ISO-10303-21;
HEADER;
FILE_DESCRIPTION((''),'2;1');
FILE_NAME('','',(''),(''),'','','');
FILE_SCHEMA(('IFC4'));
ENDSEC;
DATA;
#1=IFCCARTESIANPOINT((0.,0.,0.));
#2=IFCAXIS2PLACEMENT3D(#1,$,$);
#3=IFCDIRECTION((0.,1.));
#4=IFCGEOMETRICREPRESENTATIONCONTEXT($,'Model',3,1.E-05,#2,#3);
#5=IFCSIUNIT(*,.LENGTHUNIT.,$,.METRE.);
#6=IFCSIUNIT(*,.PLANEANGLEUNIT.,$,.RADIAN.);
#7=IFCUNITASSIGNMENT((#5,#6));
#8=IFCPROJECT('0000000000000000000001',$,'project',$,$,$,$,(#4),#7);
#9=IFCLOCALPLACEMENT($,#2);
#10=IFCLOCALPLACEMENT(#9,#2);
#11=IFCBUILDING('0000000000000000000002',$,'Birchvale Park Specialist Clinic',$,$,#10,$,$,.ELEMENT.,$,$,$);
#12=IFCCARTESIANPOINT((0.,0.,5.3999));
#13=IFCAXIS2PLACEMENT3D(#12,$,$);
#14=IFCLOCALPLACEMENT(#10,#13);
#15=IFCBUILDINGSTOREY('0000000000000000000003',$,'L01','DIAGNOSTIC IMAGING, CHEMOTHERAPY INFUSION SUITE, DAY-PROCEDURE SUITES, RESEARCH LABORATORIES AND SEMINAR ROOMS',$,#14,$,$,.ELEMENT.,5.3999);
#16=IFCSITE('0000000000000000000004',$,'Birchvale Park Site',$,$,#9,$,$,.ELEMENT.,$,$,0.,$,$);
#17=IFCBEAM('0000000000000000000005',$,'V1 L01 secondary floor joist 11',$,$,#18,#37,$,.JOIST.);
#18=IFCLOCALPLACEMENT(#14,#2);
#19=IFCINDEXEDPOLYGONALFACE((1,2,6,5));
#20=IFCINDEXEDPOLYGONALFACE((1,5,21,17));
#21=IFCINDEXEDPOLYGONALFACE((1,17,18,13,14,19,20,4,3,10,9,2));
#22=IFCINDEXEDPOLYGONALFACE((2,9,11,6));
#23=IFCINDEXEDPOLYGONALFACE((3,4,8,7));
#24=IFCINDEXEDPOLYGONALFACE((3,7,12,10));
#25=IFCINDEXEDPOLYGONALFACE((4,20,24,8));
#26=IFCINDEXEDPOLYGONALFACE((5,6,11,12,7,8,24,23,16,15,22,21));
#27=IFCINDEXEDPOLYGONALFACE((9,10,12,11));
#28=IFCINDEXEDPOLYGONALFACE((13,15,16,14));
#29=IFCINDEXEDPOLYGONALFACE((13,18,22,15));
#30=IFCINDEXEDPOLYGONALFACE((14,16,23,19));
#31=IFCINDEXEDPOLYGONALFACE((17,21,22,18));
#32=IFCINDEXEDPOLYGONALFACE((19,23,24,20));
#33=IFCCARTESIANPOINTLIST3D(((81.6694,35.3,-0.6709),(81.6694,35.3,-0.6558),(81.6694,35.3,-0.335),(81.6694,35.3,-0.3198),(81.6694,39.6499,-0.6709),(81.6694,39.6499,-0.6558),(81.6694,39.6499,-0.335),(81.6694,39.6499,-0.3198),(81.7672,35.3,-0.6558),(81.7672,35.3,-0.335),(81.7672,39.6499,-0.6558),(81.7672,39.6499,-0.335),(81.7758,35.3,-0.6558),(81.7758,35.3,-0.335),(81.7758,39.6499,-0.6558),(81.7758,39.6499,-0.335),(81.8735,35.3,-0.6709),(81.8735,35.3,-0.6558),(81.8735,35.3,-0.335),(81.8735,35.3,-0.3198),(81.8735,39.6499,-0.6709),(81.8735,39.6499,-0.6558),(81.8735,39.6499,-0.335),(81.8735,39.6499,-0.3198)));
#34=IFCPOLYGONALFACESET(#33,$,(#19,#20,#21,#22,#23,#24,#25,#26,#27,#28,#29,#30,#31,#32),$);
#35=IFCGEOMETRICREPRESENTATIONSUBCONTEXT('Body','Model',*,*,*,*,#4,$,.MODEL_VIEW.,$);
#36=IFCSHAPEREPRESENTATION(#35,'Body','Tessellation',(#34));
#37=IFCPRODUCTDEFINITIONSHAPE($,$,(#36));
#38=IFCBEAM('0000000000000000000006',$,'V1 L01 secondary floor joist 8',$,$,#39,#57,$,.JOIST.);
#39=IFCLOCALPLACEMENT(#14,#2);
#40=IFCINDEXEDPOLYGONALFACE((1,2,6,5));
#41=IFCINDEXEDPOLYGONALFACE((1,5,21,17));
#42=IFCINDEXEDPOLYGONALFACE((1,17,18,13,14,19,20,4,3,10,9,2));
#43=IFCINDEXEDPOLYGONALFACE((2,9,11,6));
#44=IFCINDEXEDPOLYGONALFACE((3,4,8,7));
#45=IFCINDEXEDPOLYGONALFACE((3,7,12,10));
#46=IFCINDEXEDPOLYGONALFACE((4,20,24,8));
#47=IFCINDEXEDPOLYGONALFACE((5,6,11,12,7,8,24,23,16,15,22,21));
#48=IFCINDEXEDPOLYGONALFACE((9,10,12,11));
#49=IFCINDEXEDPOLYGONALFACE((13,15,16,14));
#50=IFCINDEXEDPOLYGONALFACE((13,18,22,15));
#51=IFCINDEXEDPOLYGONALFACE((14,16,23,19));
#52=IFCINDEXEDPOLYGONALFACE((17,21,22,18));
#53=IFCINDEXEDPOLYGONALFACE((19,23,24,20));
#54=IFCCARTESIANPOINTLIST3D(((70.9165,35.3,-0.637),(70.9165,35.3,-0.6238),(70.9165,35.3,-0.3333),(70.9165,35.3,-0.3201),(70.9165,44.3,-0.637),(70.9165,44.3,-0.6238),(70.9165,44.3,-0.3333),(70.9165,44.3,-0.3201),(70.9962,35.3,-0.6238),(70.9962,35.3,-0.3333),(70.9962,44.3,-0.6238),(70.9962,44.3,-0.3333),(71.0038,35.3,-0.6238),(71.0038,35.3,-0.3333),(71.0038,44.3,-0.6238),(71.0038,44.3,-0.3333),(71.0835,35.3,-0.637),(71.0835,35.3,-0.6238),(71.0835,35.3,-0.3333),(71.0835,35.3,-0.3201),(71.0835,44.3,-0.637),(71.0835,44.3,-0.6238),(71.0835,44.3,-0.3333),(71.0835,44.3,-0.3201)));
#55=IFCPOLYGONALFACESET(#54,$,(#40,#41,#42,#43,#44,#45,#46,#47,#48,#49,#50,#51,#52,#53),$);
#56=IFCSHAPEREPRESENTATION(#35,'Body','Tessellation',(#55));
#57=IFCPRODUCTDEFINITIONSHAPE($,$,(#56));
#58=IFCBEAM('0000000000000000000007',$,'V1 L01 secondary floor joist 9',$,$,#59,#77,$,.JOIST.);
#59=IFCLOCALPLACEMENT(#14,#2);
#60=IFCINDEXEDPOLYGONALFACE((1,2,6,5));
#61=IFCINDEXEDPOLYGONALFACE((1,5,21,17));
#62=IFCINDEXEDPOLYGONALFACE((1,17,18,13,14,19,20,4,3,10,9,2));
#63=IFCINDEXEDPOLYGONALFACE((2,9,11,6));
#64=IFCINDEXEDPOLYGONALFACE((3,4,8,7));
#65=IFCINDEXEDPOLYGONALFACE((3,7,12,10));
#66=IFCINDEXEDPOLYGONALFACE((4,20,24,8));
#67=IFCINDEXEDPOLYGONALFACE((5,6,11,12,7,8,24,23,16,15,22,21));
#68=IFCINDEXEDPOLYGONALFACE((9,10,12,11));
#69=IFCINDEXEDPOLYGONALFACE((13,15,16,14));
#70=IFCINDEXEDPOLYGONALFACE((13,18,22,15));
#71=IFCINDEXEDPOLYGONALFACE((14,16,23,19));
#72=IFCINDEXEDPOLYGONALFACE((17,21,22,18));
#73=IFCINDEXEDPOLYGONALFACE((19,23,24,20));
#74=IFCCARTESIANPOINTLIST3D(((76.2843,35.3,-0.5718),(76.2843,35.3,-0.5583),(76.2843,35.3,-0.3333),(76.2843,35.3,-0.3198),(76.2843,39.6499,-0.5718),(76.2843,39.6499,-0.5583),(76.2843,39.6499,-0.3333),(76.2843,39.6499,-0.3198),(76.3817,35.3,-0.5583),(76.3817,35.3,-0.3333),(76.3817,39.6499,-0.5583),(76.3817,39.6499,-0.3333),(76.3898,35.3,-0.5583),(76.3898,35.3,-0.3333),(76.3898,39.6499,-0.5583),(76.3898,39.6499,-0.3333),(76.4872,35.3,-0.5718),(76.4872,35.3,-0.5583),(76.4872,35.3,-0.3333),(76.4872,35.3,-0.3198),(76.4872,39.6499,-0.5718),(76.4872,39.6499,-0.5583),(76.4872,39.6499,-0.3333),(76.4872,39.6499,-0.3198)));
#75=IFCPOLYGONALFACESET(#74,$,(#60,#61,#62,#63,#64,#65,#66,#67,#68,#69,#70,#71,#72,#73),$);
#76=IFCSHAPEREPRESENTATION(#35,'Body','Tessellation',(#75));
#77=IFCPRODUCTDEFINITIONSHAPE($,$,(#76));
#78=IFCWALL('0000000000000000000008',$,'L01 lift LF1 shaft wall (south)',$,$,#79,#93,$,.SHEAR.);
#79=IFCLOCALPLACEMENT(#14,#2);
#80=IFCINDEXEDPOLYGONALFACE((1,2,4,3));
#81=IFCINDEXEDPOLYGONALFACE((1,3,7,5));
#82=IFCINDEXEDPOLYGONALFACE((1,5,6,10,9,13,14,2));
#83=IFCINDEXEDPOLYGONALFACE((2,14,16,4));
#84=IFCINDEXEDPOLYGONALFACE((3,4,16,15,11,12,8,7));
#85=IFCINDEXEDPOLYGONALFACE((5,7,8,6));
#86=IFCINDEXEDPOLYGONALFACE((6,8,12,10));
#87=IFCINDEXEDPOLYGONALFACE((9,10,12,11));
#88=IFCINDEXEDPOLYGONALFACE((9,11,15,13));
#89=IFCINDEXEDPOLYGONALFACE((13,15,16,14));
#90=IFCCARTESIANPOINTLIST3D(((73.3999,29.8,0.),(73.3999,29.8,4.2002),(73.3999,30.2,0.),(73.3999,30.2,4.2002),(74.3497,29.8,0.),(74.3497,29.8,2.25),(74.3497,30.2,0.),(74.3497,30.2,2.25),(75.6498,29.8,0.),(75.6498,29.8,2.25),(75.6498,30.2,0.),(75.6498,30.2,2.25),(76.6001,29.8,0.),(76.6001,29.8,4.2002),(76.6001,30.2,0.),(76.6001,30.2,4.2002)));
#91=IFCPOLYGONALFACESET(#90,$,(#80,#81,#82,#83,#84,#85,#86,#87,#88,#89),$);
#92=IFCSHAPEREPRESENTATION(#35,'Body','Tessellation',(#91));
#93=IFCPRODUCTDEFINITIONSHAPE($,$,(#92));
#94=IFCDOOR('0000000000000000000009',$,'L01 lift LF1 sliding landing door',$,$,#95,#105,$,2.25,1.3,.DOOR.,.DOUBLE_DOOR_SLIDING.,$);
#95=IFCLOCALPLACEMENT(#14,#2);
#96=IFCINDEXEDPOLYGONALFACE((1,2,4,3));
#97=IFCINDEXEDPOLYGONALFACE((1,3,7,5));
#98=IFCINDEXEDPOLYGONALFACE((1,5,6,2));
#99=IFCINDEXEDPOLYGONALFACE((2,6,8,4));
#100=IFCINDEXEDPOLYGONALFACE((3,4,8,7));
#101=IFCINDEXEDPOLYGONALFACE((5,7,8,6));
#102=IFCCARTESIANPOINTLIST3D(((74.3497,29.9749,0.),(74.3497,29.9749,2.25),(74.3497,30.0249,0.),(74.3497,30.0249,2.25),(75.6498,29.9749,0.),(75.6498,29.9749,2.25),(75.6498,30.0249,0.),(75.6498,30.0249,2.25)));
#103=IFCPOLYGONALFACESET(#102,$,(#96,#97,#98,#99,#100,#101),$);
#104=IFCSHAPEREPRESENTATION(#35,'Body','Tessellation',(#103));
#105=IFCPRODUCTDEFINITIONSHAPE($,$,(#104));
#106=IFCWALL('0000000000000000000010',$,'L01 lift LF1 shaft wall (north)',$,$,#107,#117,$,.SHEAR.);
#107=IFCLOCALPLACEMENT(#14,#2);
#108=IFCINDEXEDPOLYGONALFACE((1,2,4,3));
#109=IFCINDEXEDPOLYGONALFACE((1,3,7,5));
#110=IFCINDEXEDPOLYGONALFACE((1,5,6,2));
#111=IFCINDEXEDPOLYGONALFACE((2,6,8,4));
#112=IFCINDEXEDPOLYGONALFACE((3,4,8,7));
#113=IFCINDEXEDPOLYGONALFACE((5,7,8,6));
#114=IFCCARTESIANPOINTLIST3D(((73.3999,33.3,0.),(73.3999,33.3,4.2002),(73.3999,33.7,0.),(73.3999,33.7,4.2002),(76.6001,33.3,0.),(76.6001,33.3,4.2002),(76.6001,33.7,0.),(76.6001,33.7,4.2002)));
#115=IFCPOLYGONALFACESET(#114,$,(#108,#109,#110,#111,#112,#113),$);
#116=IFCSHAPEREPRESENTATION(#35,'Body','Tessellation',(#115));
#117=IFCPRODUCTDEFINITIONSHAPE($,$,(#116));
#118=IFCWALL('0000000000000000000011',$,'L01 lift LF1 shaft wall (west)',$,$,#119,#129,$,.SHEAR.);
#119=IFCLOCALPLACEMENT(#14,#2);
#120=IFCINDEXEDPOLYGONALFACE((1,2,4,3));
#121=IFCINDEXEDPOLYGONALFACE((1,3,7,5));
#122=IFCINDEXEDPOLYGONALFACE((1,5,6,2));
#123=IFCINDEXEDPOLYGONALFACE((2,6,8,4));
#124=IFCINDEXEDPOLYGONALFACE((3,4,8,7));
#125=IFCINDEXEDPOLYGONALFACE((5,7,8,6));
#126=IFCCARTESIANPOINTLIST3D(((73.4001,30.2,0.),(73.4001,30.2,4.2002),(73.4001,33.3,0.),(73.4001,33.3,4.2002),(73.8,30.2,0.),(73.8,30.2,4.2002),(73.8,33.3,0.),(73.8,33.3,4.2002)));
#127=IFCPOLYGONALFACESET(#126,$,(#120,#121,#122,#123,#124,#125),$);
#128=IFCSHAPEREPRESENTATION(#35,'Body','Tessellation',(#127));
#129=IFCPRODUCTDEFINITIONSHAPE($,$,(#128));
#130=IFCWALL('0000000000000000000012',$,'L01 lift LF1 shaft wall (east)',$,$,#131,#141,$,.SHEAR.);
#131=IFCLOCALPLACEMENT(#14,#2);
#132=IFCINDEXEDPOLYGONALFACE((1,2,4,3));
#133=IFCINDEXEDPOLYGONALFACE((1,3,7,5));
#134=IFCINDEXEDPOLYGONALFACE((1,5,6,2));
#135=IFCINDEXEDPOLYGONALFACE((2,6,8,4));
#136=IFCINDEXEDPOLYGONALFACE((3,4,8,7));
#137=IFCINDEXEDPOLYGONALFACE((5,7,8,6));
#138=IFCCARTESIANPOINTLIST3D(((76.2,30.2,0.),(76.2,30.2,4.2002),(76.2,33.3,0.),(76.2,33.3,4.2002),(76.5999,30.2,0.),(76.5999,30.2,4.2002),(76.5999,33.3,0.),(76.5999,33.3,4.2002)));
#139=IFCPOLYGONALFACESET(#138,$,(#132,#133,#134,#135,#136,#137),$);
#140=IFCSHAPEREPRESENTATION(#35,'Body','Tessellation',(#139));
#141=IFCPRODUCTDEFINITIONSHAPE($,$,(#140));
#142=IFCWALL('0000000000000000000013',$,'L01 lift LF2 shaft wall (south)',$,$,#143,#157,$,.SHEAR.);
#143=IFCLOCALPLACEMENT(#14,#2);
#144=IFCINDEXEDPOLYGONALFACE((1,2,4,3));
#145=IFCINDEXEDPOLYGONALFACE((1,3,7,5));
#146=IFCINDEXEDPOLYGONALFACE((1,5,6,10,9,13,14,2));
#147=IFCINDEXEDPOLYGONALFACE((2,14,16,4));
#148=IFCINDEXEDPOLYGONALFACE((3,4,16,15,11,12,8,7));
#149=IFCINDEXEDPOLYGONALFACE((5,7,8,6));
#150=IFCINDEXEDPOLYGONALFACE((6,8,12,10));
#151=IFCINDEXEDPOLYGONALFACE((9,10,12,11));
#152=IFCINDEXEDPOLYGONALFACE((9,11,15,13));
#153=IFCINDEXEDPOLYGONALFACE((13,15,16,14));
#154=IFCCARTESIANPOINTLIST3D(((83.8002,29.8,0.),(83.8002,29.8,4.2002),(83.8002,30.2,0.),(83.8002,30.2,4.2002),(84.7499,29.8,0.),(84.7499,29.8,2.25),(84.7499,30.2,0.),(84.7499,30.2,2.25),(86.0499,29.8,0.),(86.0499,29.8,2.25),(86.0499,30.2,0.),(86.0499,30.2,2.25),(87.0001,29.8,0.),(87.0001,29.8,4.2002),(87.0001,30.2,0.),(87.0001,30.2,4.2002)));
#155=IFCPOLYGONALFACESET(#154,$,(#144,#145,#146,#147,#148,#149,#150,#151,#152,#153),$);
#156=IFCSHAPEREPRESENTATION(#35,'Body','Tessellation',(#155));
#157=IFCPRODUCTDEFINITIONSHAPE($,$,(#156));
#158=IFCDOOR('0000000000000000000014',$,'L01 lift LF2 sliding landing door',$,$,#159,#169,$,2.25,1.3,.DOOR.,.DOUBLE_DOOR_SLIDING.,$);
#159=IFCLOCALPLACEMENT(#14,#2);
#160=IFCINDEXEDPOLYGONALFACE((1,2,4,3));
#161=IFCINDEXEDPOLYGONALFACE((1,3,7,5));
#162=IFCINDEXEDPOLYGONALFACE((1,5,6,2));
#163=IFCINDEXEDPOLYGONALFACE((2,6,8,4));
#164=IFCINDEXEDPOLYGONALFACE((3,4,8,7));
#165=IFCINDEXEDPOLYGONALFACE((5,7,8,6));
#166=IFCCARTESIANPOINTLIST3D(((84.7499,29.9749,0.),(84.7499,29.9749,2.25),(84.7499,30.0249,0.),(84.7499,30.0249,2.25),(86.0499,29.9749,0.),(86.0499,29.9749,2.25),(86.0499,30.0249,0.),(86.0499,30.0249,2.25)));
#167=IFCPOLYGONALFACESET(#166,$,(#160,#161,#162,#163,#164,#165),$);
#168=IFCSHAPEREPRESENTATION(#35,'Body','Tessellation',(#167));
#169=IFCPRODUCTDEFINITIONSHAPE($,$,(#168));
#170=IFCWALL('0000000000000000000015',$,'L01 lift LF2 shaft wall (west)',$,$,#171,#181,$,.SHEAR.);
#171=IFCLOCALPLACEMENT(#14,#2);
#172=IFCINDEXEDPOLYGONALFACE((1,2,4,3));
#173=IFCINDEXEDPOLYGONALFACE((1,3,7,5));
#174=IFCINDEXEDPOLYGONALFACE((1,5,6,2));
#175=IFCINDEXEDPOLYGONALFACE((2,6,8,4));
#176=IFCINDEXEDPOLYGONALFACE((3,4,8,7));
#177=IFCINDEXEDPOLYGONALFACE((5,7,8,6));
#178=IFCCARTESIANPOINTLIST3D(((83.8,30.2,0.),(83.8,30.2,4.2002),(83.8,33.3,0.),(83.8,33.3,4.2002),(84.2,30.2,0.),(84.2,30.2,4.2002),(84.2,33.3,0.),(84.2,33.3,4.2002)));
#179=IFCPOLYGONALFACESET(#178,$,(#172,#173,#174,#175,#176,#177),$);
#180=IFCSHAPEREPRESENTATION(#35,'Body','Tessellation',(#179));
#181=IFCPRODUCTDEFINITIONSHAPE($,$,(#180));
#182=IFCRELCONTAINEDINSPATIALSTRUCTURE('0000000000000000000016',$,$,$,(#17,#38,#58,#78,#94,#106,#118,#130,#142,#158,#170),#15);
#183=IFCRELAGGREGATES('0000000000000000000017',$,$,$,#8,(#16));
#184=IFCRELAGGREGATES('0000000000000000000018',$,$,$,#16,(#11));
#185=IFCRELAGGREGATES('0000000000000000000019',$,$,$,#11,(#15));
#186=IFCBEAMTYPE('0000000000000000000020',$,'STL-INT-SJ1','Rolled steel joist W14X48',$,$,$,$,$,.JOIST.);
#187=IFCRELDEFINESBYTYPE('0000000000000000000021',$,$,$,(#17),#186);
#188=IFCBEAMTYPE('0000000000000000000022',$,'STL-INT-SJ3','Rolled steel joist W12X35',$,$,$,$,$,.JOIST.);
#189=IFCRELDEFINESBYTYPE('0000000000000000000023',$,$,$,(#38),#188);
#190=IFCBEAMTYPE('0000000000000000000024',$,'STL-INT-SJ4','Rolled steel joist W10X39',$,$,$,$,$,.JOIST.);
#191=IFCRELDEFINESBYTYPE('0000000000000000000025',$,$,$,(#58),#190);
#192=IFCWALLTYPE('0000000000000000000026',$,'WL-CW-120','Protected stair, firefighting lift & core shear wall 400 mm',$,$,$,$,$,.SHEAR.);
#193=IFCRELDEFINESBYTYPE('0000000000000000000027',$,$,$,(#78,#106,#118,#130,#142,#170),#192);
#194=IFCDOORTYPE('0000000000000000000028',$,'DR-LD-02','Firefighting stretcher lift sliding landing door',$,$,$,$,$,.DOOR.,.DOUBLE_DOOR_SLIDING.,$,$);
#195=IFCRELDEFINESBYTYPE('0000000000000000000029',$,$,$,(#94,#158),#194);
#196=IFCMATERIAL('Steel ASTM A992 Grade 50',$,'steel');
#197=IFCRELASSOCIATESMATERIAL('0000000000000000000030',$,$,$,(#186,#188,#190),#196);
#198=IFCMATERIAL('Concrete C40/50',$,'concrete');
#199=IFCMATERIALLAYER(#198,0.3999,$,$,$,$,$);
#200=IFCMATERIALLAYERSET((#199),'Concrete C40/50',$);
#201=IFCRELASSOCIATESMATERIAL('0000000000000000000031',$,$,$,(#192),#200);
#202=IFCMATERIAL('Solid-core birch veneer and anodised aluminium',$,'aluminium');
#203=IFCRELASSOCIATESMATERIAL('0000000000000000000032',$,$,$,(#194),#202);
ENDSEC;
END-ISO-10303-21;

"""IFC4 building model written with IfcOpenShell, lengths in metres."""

from ifc_helpers import new_model, si_unit, direction, frame, frame_2d, origin, origin_2d, place, context, subcontext, project, spatial, rectangle, i_section, extrude, material, layer, layer_set, material_profile, profile_set, type_object, element, fill, save


model = new_model("IFC4")

# Units and contexts
model_context = context("Model", 3, precision=1e-05, world=origin(), true_north=direction((0.0, 1.0)))
body_context = subcontext(model_context, "Body", "Model", "MODEL_VIEW")
ifc_project = project(units=[si_unit("LENGTHUNIT", "METRE"), si_unit("PLANEANGLEUNIT", "RADIAN")], contexts=[model_context])

# Site, building, storey
site_placement = place(None, origin())
site = spatial("IfcSite", under=ifc_project, at=site_placement, Name="Birchvale Park Site", CompositionType="ELEMENT", RefElevation=0.0)
building_placement = place(site_placement, origin())
building = spatial("IfcBuilding", under=site, at=building_placement, Name="Birchvale Park Specialist Clinic", CompositionType="ELEMENT")
storey_placement = place(building_placement, frame((0.0, 0.0, 5.3999)))
storey = spatial("IfcBuildingStorey", under=building, at=storey_placement, Name="L01", Description="DIAGNOSTIC IMAGING, CHEMOTHERAPY INFUSION SUITE, DAY-PROCEDURE SUITES, RESEARCH LABORATORIES AND SEMINAR ROOMS", CompositionType="ELEMENT", Elevation=5.3999)

# Shared definitions
ifc_material_1 = material(Name="Concrete C40/50", Category="concrete")

# Beams
ifc_material_2 = material(Name="Steel ASTM A992 Grade 50", Category="steel")
ifc_material_profile_1 = material_profile(ifc_material_2, i_section(OverallWidth=0.2041, OverallDepth=0.3511, WebThickness=0.0085, FlangeThickness=0.0151, at=origin_2d()), Name="W14X48")
ifc_profile_set_1 = profile_set([ifc_material_profile_1], Name="Steel ASTM A992 Grade 50")
beam_type_1 = type_object("IfcBeamType", Name="STL-INT-SJ1", Description="Rolled steel joist W14X48", PredefinedType="JOIST", material=ifc_profile_set_1)
beam_1_placement = place(storey_placement, frame((81.7715, 35.3, -0.4954), z_axis=(0.0, 1.0, 0.0), x_axis=(-1.0, 0.0, 0.0)))
element("IfcBeam", 1, at=beam_1_placement, inside=storey, type_object=beam_type_1, Name="V1 L01 secondary floor joist 11", PredefinedType="JOIST", context=body_context, shape_type="SweptSolid", body=[
    extrude(i_section(OverallWidth=0.2041, OverallDepth=0.3511, WebThickness=0.0085, FlangeThickness=0.0151, at=origin_2d()), origin(), (0.0, 0.0, 1.0), 4.3499),
])
ifc_material_profile_2 = material_profile(ifc_material_2, i_section(OverallWidth=0.167, OverallDepth=0.3169, WebThickness=0.0076, FlangeThickness=0.0132, at=origin_2d()), Name="W12X35")
ifc_profile_set_2 = profile_set([ifc_material_profile_2], Name="Steel ASTM A992 Grade 50")
beam_type_2 = type_object("IfcBeamType", Name="STL-INT-SJ3", Description="Rolled steel joist W12X35", PredefinedType="JOIST", material=ifc_profile_set_2)
beam_2_placement = place(storey_placement, frame((71.0, 35.3, -0.4785), z_axis=(0.0, 1.0, 0.0), x_axis=(-1.0, 0.0, 0.0)))
element("IfcBeam", 2, at=beam_2_placement, inside=storey, type_object=beam_type_2, Name="V1 L01 secondary floor joist 8", PredefinedType="JOIST", context=body_context, shape_type="SweptSolid", body=[
    extrude(i_section(OverallWidth=0.167, OverallDepth=0.3169, WebThickness=0.0076, FlangeThickness=0.0132, at=origin_2d()), origin(), (0.0, 0.0, 1.0), 9.0),
])
ifc_material_profile_3 = material_profile(ifc_material_2, i_section(OverallWidth=0.2029, OverallDepth=0.252, WebThickness=0.0081, FlangeThickness=0.0134, at=origin_2d()), Name="W10X39")
ifc_profile_set_3 = profile_set([ifc_material_profile_3], Name="Steel ASTM A992 Grade 50")
beam_type_3 = type_object("IfcBeamType", Name="STL-INT-SJ4", Description="Rolled steel joist W10X39", PredefinedType="JOIST", material=ifc_profile_set_3)
beam_3_placement = place(storey_placement, frame((76.3857, 35.3, -0.4458), z_axis=(0.0, 1.0, 0.0), x_axis=(-1.0, 0.0, 0.0)))
element("IfcBeam", 3, at=beam_3_placement, inside=storey, type_object=beam_type_3, Name="V1 L01 secondary floor joist 9", PredefinedType="JOIST", context=body_context, shape_type="SweptSolid", body=[
    extrude(i_section(OverallWidth=0.2029, OverallDepth=0.252, WebThickness=0.0081, FlangeThickness=0.0134, at=origin_2d()), origin(), (0.0, 0.0, 1.0), 4.3499),
])

# Wall, opening, door
ifc_layer_1 = layer(ifc_material_1, 0.3999)
ifc_layer_set_1 = layer_set([ifc_layer_1], Name="Concrete C40/50")
wall_type_1 = type_object("IfcWallType", Name="WL-CW-120", Description="Protected stair, firefighting lift & core shear wall 400 mm", PredefinedType="SHEAR", material=ifc_layer_set_1)
wall_1_placement = place(storey_placement, frame((73.3999, 30.0, 0.0), z_axis=(0.0, 0.0, 1.0), x_axis=(1.0, 0.0, 0.0)))
wall_1 = element("IfcWall", 4, at=wall_1_placement, inside=storey, type_object=wall_type_1, Name="L01 lift LF1 shaft wall (south)", PredefinedType="SHEAR", context=body_context, shape_type="SweptSolid", body=[
    extrude(rectangle(XDim=3.2002, YDim=0.3999, at=frame_2d((1.6001, 0.0))), origin(), (0.0, 0.0, 1.0), 4.2002),
])
opening_1_placement = place(wall_1_placement, frame((0.95, 0.0, 0.0)))
opening_1 = element("IfcOpeningElement", 5, at=opening_1_placement, cuts=wall_1, PredefinedType="OPENING", context=body_context, shape_type="SweptSolid", body=[
    extrude(rectangle(XDim=1.3, YDim=2.25, at=frame_2d((0.6499, 1.125))), frame((0.0, 0.21, 0.0), z_axis=(0.0, -1.0, 0.0), x_axis=(1.0, 0.0, 0.0)), (0.0, 0.0, 1.0), 0.4199),
])
ifc_material_3 = material(Name="Solid-core birch veneer and anodised aluminium", Category="aluminium")
door_type_1 = type_object("IfcDoorType", Name="DR-LD-02", Description="Firefighting stretcher lift sliding landing door", OperationType="DOUBLE_DOOR_SLIDING", PredefinedType="DOOR", material=ifc_material_3)
door_1_placement = place(opening_1_placement, origin())
door_1 = element("IfcDoor", 6, at=door_1_placement, inside=storey, type_object=door_type_1, Name="L01 lift LF1 sliding landing door", OperationType="DOUBLE_DOOR_SLIDING", OverallHeight=2.25, OverallWidth=1.3, PredefinedType="DOOR", context=body_context, shape_type="SweptSolid", body=[
    extrude(rectangle(XDim=1.3, YDim=2.25, at=frame_2d((0.6499, 1.125))), frame((0.0, 0.0249, 0.0), z_axis=(0.0, -1.0, 0.0), x_axis=(1.0, 0.0, 0.0)), (0.0, 0.0, 1.0), 0.05),
])
fill(opening_1, door_1)

# Walls
wall_2_placement = place(storey_placement, frame((76.6001, 33.5, 0.0), z_axis=(0.0, 0.0, 1.0), x_axis=(-1.0, 0.0, 0.0)))
element("IfcWall", 7, at=wall_2_placement, inside=storey, type_object=wall_type_1, Name="L01 lift LF1 shaft wall (north)", PredefinedType="SHEAR", context=body_context, shape_type="SweptSolid", body=[
    extrude(rectangle(XDim=3.2002, YDim=0.3999, at=frame_2d((1.6001, 0.0))), origin(), (0.0, 0.0, 1.0), 4.2002),
])
for number, where, z_axis, x_axis, name in (
    (8, (73.6001, 30.2, 0.0), (0.0, 0.0, 1.0), (0.0, 1.0, 0.0), "L01 lift LF1 shaft wall (west)"),
    (9, (76.3999, 33.3, 0.0), (0.0, 0.0, 1.0), (0.0, -1.0, 0.0), "L01 lift LF1 shaft wall (east)"),
):
    element("IfcWall", number, at=place(storey_placement, frame(where, z_axis=z_axis, x_axis=x_axis)), inside=storey, type_object=wall_type_1, Name=name, PredefinedType="SHEAR", context=body_context, shape_type="SweptSolid", body=[
        extrude(rectangle(XDim=3.1001, YDim=0.3999, at=frame_2d((1.55, 0.0))), origin(), (0.0, 0.0, 1.0), 4.2002),
    ])

# Wall, opening, door
wall_3_placement = place(storey_placement, frame((83.8, 30.0, 0.0), z_axis=(0.0, 0.0, 1.0), x_axis=(1.0, 0.0, 0.0)))
wall_3 = element("IfcWall", 10, at=wall_3_placement, inside=storey, type_object=wall_type_1, Name="L01 lift LF2 shaft wall (south)", PredefinedType="SHEAR", context=body_context, shape_type="SweptSolid", body=[
    extrude(rectangle(XDim=3.2, YDim=0.3999, at=frame_2d((1.6001, 0.0))), origin(), (0.0, 0.0, 1.0), 4.2002),
])
opening_2_placement = place(wall_3_placement, frame((0.95, 0.0, 0.0)))
opening_2 = element("IfcOpeningElement", 11, at=opening_2_placement, cuts=wall_3, PredefinedType="OPENING", context=body_context, shape_type="SweptSolid", body=[
    extrude(rectangle(XDim=1.3, YDim=2.25, at=frame_2d((0.6499, 1.125))), frame((0.0, 0.21, 0.0), z_axis=(0.0, -1.0, 0.0), x_axis=(1.0, 0.0, 0.0)), (0.0, 0.0, 1.0), 0.4199),
])
door_2_placement = place(opening_2_placement, origin())
door_2 = element("IfcDoor", 12, at=door_2_placement, inside=storey, type_object=door_type_1, Name="L01 lift LF2 sliding landing door", OperationType="DOUBLE_DOOR_SLIDING", OverallHeight=2.25, OverallWidth=1.3, PredefinedType="DOOR", context=body_context, shape_type="SweptSolid", body=[
    extrude(rectangle(XDim=1.3, YDim=2.25, at=frame_2d((0.6499, 1.125))), frame((0.0, 0.0249, 0.0), z_axis=(0.0, -1.0, 0.0), x_axis=(1.0, 0.0, 0.0)), (0.0, 0.0, 1.0), 0.05),
])
fill(opening_2, door_2)

# Wall
wall_4_placement = place(storey_placement, frame((84.0, 30.2, 0.0), z_axis=(0.0, 0.0, 1.0), x_axis=(0.0, 1.0, 0.0)))
element("IfcWall", 13, at=wall_4_placement, inside=storey, type_object=wall_type_1, Name="L01 lift LF2 shaft wall (west)", PredefinedType="SHEAR", context=body_context, shape_type="SweptSolid", body=[
    extrude(rectangle(XDim=3.1001, YDim=0.3999, at=frame_2d((1.55, 0.0))), origin(), (0.0, 0.0, 1.0), 4.2002),
])

save(model, "model.ifc")
